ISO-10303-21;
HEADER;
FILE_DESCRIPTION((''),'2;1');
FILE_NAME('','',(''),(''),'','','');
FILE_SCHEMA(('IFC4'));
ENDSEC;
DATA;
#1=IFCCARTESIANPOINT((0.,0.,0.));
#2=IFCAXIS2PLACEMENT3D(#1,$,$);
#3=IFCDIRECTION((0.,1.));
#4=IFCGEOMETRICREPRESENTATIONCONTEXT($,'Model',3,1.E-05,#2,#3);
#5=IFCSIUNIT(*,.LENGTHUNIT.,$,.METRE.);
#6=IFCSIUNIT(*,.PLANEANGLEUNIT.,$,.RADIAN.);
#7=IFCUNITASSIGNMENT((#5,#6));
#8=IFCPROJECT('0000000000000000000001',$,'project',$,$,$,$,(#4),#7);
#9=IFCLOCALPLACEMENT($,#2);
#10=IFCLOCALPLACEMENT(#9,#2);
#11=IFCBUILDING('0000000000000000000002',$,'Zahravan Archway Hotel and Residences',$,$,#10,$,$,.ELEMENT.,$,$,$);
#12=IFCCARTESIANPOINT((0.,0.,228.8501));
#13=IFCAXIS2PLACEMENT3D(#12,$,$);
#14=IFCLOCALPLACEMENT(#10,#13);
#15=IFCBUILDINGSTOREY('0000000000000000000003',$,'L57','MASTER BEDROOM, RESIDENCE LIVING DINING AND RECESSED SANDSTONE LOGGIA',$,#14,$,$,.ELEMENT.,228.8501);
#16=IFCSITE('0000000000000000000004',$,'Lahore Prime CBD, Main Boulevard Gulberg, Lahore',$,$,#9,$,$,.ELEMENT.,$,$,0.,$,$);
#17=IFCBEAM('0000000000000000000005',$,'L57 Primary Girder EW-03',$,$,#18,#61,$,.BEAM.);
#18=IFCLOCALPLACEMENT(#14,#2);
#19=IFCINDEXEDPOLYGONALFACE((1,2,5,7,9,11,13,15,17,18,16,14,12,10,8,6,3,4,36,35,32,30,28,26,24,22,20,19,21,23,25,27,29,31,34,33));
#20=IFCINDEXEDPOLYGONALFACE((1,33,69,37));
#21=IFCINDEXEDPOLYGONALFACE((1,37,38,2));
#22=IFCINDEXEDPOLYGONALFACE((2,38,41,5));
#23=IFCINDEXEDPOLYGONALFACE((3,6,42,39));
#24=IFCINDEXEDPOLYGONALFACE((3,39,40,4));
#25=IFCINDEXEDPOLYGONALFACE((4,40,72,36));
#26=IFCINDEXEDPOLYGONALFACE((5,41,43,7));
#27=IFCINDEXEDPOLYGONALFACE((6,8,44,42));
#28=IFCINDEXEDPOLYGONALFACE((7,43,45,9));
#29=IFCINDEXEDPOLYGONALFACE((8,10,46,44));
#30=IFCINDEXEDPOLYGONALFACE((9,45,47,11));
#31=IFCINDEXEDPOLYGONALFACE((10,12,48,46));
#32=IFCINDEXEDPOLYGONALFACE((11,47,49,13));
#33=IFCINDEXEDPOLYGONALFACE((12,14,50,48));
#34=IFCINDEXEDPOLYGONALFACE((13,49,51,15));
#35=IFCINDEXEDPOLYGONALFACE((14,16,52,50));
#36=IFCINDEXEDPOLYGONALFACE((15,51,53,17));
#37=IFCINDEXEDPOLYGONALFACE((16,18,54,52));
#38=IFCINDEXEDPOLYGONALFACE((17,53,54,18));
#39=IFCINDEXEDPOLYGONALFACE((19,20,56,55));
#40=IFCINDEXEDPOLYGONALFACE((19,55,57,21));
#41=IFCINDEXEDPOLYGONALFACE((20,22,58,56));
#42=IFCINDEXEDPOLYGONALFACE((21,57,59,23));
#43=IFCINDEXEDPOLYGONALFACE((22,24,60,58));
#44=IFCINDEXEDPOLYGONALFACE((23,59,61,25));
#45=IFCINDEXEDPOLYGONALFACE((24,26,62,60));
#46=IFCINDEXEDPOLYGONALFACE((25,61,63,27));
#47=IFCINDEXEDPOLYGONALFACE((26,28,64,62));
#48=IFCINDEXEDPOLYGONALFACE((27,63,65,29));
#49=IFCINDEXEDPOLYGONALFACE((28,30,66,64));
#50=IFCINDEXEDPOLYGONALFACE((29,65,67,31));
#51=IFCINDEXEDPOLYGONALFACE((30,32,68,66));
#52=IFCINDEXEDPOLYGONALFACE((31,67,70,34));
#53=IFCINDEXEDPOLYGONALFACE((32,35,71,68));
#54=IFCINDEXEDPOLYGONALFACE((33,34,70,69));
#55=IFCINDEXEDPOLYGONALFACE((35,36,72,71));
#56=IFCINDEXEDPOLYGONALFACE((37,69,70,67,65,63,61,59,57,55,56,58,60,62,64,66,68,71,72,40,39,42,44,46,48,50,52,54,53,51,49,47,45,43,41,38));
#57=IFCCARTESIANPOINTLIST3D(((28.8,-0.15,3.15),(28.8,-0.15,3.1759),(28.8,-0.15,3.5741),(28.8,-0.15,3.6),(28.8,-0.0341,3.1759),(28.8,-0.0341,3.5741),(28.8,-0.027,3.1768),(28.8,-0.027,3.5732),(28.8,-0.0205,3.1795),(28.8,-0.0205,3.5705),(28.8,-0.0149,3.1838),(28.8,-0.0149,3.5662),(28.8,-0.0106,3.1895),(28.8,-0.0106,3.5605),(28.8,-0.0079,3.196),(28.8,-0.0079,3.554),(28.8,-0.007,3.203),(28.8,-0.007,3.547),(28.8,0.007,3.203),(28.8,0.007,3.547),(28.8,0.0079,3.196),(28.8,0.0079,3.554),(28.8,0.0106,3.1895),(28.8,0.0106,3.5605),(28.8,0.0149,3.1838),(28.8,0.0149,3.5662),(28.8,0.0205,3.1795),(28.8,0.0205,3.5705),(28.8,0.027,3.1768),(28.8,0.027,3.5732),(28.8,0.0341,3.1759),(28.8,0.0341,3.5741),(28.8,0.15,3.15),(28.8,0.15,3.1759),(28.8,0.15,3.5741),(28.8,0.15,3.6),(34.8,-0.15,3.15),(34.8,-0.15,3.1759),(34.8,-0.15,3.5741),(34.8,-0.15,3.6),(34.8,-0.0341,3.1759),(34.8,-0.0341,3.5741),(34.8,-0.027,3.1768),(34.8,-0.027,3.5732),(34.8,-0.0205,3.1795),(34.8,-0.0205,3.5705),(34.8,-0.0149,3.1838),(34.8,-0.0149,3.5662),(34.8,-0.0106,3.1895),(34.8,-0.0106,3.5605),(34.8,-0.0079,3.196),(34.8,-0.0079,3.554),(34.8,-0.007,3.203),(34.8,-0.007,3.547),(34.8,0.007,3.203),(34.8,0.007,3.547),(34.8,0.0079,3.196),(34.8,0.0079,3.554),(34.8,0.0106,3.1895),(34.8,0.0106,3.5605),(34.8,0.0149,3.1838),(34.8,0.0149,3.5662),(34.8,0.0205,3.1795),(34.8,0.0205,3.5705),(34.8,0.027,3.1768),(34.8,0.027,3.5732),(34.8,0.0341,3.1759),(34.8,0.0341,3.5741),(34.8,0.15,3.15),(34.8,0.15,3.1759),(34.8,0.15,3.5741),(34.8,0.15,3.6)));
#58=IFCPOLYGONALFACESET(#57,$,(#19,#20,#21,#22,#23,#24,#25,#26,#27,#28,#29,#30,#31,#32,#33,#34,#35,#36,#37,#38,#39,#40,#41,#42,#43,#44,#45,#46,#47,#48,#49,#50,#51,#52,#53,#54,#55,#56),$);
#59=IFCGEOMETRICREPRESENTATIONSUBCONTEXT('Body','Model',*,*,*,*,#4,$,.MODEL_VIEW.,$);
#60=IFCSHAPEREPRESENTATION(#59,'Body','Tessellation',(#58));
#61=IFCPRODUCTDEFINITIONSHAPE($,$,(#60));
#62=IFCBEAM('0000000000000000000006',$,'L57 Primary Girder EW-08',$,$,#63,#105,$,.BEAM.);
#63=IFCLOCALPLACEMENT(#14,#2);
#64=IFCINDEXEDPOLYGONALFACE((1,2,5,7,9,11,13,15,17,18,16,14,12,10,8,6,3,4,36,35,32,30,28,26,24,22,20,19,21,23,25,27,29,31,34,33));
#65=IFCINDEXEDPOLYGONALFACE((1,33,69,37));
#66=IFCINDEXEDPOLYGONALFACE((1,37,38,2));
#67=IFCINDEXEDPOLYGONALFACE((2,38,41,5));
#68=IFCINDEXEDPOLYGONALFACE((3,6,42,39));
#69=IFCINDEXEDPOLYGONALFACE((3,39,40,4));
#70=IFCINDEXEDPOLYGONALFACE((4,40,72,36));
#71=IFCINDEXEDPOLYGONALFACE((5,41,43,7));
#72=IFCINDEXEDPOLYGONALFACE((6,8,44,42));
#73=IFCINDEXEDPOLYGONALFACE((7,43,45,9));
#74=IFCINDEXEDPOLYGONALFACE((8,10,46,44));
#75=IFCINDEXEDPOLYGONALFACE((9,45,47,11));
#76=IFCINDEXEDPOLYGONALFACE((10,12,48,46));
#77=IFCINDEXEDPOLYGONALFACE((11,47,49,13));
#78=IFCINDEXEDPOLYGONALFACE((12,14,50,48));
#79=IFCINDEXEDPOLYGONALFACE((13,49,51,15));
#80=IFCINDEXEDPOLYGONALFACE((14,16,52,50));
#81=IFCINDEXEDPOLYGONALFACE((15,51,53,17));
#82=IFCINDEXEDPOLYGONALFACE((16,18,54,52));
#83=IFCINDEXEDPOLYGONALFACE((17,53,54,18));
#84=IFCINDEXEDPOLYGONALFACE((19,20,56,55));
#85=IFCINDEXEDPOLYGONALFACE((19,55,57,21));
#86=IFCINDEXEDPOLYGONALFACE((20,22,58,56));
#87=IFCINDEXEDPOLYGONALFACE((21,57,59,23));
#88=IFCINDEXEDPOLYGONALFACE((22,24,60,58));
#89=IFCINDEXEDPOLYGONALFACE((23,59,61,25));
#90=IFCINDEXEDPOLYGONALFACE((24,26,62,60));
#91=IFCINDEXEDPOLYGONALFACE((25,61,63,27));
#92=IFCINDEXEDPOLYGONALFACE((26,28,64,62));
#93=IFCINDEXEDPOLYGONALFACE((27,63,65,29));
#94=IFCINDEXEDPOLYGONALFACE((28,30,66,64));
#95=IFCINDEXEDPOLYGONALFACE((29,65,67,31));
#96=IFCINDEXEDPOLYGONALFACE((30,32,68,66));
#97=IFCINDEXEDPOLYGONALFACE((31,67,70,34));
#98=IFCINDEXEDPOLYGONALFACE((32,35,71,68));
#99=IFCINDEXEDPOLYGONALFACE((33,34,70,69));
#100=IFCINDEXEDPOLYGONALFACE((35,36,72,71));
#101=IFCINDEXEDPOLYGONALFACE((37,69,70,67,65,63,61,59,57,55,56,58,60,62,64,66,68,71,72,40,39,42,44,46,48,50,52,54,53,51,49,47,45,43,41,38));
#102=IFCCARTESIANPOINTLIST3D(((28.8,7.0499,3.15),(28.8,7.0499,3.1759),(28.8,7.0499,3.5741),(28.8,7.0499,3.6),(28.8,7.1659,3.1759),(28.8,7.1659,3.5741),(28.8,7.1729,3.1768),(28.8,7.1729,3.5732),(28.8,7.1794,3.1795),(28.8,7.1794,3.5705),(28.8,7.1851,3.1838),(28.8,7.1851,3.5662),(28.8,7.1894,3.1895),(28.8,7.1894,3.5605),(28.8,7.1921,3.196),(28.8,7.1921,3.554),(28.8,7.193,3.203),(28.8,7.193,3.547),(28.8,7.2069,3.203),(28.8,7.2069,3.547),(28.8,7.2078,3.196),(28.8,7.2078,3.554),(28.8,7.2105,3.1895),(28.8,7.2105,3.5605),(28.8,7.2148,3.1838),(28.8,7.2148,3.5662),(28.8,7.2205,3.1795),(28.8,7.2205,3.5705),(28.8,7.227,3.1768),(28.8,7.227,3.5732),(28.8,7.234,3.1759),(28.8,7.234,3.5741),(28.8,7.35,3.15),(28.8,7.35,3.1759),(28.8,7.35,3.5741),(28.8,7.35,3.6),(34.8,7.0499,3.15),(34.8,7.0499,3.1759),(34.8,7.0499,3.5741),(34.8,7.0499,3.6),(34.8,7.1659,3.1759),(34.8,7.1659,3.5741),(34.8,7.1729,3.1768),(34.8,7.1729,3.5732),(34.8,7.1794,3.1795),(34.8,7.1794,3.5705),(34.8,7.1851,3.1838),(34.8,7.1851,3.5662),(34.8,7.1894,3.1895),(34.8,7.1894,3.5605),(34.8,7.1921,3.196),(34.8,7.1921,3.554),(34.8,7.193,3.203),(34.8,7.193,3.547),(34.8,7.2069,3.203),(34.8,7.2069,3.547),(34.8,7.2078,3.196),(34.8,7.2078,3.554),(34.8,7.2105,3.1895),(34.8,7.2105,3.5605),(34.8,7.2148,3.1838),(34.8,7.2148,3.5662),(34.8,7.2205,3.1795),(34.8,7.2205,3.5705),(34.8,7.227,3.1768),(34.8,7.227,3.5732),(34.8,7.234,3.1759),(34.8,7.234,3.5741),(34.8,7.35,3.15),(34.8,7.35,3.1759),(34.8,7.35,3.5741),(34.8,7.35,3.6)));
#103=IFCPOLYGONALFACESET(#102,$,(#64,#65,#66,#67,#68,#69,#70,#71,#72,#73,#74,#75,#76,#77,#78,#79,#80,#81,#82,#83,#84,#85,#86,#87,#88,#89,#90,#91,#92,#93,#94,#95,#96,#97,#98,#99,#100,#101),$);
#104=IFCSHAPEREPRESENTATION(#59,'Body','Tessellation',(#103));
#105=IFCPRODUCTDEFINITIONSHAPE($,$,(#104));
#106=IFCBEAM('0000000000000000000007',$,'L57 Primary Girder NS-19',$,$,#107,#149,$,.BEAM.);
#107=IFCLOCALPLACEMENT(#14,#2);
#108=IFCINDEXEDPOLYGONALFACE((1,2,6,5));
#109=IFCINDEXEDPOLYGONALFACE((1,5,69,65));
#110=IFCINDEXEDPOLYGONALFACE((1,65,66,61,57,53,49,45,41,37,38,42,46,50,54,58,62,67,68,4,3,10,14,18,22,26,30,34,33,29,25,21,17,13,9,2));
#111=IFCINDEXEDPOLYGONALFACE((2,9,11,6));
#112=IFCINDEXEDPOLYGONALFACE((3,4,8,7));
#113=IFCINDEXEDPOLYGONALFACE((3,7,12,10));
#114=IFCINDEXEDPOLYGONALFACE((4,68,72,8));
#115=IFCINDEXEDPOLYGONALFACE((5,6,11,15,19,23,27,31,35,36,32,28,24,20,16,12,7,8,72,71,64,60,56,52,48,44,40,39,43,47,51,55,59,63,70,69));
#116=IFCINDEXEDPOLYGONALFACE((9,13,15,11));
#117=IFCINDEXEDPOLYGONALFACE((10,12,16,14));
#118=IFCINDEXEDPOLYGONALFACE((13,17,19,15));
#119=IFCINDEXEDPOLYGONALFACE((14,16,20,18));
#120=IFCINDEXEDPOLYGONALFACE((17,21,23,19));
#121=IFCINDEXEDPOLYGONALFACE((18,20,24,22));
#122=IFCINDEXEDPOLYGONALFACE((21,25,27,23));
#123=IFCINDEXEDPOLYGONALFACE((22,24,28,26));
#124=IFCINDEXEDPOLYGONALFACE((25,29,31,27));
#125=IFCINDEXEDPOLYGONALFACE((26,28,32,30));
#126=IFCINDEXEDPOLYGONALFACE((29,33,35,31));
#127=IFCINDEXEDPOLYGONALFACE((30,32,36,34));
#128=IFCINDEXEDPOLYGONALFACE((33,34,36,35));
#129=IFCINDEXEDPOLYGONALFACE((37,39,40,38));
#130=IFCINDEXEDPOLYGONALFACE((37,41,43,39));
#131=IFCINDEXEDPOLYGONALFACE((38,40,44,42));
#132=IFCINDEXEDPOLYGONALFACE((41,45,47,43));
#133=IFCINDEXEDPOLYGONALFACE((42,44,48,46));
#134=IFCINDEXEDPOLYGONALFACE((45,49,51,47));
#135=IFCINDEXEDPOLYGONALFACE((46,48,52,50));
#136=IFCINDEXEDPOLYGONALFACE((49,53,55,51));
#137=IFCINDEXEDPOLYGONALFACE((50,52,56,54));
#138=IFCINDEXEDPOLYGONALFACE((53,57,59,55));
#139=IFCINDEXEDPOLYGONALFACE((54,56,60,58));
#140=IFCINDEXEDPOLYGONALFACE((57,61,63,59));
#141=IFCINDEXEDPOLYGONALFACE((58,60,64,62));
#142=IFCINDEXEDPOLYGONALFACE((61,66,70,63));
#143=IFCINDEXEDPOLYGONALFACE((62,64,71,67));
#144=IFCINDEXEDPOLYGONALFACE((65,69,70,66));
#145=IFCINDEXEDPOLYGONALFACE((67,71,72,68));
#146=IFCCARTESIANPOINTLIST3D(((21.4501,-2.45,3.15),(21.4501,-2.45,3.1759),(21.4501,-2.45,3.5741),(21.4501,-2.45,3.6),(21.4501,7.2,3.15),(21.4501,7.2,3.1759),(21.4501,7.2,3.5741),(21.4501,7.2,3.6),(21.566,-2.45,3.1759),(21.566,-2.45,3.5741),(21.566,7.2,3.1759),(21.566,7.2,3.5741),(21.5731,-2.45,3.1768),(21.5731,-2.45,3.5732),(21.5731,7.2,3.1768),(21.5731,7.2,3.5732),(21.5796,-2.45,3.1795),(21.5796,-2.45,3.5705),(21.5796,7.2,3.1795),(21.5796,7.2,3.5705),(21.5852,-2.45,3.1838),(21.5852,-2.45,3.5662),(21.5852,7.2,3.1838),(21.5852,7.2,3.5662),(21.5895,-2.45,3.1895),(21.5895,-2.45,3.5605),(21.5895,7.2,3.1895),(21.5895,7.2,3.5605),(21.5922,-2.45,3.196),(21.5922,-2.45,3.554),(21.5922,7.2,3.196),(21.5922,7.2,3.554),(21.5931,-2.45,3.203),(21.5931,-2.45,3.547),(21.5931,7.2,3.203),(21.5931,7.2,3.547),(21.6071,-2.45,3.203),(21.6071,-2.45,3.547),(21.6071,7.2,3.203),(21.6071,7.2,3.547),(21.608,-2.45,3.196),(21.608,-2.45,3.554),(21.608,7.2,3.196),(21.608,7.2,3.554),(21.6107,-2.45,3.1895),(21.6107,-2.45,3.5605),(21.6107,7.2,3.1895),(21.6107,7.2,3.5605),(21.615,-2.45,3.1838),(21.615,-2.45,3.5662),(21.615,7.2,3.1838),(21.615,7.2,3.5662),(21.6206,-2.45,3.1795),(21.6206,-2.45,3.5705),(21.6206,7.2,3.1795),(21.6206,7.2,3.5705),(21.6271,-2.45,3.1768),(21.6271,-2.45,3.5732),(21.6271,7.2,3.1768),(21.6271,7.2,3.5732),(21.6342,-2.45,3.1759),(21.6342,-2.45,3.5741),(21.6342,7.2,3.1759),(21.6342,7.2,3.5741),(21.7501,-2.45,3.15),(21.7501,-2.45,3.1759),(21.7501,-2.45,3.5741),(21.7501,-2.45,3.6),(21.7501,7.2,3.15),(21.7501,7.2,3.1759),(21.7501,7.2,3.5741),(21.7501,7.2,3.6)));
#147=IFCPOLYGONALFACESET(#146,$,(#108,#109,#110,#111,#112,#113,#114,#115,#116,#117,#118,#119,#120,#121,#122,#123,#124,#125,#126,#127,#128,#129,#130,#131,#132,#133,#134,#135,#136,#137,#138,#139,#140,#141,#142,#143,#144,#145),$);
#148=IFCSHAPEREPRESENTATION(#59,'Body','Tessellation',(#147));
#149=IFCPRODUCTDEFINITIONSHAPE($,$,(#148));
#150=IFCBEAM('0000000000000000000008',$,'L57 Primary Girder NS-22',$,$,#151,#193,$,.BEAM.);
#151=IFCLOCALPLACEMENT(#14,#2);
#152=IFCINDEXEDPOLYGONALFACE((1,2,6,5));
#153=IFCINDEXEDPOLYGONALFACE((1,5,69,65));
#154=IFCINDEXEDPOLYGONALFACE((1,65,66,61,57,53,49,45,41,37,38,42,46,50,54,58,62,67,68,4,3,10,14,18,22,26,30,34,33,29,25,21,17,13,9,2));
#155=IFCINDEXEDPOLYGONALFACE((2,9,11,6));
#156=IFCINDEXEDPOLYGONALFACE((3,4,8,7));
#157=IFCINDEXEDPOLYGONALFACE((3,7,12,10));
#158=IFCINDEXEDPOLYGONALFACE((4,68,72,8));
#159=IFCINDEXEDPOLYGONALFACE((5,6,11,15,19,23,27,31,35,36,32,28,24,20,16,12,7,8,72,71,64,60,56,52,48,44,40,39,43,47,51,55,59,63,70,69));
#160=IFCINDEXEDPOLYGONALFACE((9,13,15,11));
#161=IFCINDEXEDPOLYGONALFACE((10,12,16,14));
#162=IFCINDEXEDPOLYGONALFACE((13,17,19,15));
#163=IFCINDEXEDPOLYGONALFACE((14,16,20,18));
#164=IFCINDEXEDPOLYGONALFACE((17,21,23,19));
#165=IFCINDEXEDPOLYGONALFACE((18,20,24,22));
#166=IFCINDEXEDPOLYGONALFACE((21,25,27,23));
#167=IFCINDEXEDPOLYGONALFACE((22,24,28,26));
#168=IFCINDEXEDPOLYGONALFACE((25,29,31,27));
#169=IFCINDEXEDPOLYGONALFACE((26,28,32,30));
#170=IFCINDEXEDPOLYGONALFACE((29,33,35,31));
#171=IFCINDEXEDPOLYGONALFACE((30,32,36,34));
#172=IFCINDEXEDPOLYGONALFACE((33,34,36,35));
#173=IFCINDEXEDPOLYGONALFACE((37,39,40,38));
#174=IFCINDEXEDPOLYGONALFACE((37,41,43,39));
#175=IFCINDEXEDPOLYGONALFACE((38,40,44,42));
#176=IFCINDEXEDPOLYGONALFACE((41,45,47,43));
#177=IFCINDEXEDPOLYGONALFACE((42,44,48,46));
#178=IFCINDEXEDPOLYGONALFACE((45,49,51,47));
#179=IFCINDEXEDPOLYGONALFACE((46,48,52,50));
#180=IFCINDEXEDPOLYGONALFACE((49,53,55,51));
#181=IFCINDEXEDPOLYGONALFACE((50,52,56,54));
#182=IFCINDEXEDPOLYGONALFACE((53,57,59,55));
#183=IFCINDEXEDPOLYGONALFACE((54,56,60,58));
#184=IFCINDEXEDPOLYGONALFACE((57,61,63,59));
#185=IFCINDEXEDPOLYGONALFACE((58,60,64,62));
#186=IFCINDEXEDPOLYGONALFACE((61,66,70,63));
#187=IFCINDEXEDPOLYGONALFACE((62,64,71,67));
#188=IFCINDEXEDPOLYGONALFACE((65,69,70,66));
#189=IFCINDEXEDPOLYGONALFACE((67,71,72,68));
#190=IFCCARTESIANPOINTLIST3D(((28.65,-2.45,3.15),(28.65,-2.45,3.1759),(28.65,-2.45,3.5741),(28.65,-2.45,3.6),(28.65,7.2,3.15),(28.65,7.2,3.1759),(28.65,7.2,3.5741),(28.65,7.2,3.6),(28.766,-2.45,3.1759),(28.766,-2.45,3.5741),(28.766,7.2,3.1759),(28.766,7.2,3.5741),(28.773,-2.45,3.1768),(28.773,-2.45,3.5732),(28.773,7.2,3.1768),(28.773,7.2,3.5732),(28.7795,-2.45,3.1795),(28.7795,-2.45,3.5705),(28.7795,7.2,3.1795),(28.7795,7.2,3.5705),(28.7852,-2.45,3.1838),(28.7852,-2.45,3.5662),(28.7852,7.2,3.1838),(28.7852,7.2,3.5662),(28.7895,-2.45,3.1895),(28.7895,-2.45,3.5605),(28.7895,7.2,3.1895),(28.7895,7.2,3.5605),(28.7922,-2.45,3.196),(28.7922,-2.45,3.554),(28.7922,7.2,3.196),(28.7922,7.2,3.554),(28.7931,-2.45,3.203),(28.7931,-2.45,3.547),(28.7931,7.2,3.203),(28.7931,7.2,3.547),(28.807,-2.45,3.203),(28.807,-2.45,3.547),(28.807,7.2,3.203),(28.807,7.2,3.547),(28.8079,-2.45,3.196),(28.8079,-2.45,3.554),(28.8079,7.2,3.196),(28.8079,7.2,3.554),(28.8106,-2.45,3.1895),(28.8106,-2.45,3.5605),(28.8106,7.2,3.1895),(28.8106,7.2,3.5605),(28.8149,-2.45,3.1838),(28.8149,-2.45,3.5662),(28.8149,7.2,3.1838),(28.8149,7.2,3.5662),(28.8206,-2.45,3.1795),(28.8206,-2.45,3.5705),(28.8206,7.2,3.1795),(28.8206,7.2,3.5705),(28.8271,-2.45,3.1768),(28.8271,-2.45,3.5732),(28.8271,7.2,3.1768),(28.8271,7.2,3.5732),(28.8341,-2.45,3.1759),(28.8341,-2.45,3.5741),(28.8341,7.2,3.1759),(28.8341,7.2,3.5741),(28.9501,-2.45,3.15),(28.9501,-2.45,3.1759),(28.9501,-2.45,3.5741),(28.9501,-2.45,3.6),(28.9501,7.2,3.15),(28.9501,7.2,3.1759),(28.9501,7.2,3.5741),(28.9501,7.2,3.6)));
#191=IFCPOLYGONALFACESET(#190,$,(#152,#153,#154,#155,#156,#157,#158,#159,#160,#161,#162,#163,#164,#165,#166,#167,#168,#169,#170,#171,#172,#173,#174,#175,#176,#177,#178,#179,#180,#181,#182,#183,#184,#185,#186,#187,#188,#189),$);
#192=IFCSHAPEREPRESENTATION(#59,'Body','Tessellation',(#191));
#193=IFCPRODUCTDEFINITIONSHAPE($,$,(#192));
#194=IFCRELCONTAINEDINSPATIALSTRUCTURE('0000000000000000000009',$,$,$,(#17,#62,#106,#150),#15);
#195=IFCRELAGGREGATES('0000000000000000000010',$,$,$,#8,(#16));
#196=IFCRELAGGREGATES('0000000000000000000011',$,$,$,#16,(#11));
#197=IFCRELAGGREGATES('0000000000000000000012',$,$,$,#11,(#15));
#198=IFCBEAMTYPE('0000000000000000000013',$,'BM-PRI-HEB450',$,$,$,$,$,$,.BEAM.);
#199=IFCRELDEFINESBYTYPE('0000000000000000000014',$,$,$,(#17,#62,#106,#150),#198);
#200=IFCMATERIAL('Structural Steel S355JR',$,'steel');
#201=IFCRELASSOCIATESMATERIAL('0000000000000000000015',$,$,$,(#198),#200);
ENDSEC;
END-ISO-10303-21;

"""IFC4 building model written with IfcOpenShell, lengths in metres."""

from ifc_helpers import new_model, si_unit, direction, frame, origin, origin_2d, place, context, subcontext, project, spatial, i_section, extrude, source, transform, mapped, material, material_profile, profile_set, type_object, element, save


model = new_model("IFC4")

# Units and contexts
model_context = context("Model", 3, precision=1e-05, world=origin(), true_north=direction((0.0, 1.0)))
body_context = subcontext(model_context, "Body", "Model", "MODEL_VIEW")
ifc_project = project(units=[si_unit("LENGTHUNIT", "METRE"), si_unit("PLANEANGLEUNIT", "RADIAN")], contexts=[model_context])

# Site, building, storey
site_placement = place(None, origin())
site = spatial("IfcSite", under=ifc_project, at=site_placement, Name="Lahore Prime CBD, Main Boulevard Gulberg, Lahore", CompositionType="ELEMENT", RefElevation=0.0)
building_placement = place(site_placement, origin())
building = spatial("IfcBuilding", under=site, at=building_placement, Name="Zahravan Archway Hotel and Residences", CompositionType="ELEMENT")
storey_placement = place(building_placement, frame((0.0, 0.0, 228.8501)))
storey = spatial("IfcBuildingStorey", under=building, at=storey_placement, Name="L57", Description="MASTER BEDROOM, RESIDENCE LIVING DINING AND RECESSED SANDSTONE LOGGIA", CompositionType="ELEMENT", Elevation=228.8501)

# Beams
ifc_material_1 = material(Name="Structural Steel S355JR", Category="steel")
ifc_material_profile_1 = material_profile(ifc_material_1, i_section(OverallWidth=0.3, OverallDepth=0.45, WebThickness=0.0139, FlangeThickness=0.0259, FilletRadius=0.0271, at=origin_2d()), Name="HEB 450", Category="steel")
ifc_profile_set_1 = profile_set([ifc_material_profile_1], Name="Structural Steel S355JR")
beam_type_1 = type_object("IfcBeamType", Name="BM-PRI-HEB450", PredefinedType="BEAM", material=ifc_profile_set_1)
shared_shape_1 = source(origin(), body_context, "Body", "SweptSolid", [
    extrude(i_section(OverallWidth=0.3, OverallDepth=0.45, WebThickness=0.0139, FlangeThickness=0.0259, FilletRadius=0.0271, at=origin_2d()), origin(), (0.0, 0.0, 1.0), 6.0),
])
for number, where, z_axis, x_axis, name in (
    (1, (28.8, 0.0, 3.375), (1.0, 0.0, 0.0), (0.0, 1.0, 0.0), "L57 Primary Girder EW-03"),
    (2, (28.8, 7.2, 3.375), (1.0, 0.0, 0.0), (0.0, 1.0, 0.0), "L57 Primary Girder EW-08"),
):
    element("IfcBeam", number, at=place(storey_placement, frame(where, z_axis=z_axis, x_axis=x_axis)), inside=storey, type_object=beam_type_1, Name=name, PredefinedType="BEAM", context=body_context, shape_type="MappedRepresentation", body=[
        mapped(shared_shape_1, transform((0.0, 0.0, 0.0), scale=1.0)),
    ])
shared_shape_2 = source(origin(), body_context, "Body", "SweptSolid", [
    extrude(i_section(OverallWidth=0.3, OverallDepth=0.45, WebThickness=0.0139, FlangeThickness=0.0259, FilletRadius=0.0271, at=origin_2d()), origin(), (0.0, 0.0, 1.0), 9.6499),
])
for number, where, z_axis, x_axis, name in (
    (3, (21.6001, -2.45, 3.375), (0.0, 1.0, 0.0), (-1.0, 0.0, 0.0), "L57 Primary Girder NS-19"),
    (4, (28.8, -2.45, 3.375), (0.0, 1.0, 0.0), (-1.0, 0.0, 0.0), "L57 Primary Girder NS-22"),
):
    element("IfcBeam", number, at=place(storey_placement, frame(where, z_axis=z_axis, x_axis=x_axis)), inside=storey, type_object=beam_type_1, Name=name, PredefinedType="BEAM", context=body_context, shape_type="MappedRepresentation", body=[
        mapped(shared_shape_2, transform((0.0, 0.0, 0.0), scale=1.0)),
    ])

save(model, "model.ifc")
